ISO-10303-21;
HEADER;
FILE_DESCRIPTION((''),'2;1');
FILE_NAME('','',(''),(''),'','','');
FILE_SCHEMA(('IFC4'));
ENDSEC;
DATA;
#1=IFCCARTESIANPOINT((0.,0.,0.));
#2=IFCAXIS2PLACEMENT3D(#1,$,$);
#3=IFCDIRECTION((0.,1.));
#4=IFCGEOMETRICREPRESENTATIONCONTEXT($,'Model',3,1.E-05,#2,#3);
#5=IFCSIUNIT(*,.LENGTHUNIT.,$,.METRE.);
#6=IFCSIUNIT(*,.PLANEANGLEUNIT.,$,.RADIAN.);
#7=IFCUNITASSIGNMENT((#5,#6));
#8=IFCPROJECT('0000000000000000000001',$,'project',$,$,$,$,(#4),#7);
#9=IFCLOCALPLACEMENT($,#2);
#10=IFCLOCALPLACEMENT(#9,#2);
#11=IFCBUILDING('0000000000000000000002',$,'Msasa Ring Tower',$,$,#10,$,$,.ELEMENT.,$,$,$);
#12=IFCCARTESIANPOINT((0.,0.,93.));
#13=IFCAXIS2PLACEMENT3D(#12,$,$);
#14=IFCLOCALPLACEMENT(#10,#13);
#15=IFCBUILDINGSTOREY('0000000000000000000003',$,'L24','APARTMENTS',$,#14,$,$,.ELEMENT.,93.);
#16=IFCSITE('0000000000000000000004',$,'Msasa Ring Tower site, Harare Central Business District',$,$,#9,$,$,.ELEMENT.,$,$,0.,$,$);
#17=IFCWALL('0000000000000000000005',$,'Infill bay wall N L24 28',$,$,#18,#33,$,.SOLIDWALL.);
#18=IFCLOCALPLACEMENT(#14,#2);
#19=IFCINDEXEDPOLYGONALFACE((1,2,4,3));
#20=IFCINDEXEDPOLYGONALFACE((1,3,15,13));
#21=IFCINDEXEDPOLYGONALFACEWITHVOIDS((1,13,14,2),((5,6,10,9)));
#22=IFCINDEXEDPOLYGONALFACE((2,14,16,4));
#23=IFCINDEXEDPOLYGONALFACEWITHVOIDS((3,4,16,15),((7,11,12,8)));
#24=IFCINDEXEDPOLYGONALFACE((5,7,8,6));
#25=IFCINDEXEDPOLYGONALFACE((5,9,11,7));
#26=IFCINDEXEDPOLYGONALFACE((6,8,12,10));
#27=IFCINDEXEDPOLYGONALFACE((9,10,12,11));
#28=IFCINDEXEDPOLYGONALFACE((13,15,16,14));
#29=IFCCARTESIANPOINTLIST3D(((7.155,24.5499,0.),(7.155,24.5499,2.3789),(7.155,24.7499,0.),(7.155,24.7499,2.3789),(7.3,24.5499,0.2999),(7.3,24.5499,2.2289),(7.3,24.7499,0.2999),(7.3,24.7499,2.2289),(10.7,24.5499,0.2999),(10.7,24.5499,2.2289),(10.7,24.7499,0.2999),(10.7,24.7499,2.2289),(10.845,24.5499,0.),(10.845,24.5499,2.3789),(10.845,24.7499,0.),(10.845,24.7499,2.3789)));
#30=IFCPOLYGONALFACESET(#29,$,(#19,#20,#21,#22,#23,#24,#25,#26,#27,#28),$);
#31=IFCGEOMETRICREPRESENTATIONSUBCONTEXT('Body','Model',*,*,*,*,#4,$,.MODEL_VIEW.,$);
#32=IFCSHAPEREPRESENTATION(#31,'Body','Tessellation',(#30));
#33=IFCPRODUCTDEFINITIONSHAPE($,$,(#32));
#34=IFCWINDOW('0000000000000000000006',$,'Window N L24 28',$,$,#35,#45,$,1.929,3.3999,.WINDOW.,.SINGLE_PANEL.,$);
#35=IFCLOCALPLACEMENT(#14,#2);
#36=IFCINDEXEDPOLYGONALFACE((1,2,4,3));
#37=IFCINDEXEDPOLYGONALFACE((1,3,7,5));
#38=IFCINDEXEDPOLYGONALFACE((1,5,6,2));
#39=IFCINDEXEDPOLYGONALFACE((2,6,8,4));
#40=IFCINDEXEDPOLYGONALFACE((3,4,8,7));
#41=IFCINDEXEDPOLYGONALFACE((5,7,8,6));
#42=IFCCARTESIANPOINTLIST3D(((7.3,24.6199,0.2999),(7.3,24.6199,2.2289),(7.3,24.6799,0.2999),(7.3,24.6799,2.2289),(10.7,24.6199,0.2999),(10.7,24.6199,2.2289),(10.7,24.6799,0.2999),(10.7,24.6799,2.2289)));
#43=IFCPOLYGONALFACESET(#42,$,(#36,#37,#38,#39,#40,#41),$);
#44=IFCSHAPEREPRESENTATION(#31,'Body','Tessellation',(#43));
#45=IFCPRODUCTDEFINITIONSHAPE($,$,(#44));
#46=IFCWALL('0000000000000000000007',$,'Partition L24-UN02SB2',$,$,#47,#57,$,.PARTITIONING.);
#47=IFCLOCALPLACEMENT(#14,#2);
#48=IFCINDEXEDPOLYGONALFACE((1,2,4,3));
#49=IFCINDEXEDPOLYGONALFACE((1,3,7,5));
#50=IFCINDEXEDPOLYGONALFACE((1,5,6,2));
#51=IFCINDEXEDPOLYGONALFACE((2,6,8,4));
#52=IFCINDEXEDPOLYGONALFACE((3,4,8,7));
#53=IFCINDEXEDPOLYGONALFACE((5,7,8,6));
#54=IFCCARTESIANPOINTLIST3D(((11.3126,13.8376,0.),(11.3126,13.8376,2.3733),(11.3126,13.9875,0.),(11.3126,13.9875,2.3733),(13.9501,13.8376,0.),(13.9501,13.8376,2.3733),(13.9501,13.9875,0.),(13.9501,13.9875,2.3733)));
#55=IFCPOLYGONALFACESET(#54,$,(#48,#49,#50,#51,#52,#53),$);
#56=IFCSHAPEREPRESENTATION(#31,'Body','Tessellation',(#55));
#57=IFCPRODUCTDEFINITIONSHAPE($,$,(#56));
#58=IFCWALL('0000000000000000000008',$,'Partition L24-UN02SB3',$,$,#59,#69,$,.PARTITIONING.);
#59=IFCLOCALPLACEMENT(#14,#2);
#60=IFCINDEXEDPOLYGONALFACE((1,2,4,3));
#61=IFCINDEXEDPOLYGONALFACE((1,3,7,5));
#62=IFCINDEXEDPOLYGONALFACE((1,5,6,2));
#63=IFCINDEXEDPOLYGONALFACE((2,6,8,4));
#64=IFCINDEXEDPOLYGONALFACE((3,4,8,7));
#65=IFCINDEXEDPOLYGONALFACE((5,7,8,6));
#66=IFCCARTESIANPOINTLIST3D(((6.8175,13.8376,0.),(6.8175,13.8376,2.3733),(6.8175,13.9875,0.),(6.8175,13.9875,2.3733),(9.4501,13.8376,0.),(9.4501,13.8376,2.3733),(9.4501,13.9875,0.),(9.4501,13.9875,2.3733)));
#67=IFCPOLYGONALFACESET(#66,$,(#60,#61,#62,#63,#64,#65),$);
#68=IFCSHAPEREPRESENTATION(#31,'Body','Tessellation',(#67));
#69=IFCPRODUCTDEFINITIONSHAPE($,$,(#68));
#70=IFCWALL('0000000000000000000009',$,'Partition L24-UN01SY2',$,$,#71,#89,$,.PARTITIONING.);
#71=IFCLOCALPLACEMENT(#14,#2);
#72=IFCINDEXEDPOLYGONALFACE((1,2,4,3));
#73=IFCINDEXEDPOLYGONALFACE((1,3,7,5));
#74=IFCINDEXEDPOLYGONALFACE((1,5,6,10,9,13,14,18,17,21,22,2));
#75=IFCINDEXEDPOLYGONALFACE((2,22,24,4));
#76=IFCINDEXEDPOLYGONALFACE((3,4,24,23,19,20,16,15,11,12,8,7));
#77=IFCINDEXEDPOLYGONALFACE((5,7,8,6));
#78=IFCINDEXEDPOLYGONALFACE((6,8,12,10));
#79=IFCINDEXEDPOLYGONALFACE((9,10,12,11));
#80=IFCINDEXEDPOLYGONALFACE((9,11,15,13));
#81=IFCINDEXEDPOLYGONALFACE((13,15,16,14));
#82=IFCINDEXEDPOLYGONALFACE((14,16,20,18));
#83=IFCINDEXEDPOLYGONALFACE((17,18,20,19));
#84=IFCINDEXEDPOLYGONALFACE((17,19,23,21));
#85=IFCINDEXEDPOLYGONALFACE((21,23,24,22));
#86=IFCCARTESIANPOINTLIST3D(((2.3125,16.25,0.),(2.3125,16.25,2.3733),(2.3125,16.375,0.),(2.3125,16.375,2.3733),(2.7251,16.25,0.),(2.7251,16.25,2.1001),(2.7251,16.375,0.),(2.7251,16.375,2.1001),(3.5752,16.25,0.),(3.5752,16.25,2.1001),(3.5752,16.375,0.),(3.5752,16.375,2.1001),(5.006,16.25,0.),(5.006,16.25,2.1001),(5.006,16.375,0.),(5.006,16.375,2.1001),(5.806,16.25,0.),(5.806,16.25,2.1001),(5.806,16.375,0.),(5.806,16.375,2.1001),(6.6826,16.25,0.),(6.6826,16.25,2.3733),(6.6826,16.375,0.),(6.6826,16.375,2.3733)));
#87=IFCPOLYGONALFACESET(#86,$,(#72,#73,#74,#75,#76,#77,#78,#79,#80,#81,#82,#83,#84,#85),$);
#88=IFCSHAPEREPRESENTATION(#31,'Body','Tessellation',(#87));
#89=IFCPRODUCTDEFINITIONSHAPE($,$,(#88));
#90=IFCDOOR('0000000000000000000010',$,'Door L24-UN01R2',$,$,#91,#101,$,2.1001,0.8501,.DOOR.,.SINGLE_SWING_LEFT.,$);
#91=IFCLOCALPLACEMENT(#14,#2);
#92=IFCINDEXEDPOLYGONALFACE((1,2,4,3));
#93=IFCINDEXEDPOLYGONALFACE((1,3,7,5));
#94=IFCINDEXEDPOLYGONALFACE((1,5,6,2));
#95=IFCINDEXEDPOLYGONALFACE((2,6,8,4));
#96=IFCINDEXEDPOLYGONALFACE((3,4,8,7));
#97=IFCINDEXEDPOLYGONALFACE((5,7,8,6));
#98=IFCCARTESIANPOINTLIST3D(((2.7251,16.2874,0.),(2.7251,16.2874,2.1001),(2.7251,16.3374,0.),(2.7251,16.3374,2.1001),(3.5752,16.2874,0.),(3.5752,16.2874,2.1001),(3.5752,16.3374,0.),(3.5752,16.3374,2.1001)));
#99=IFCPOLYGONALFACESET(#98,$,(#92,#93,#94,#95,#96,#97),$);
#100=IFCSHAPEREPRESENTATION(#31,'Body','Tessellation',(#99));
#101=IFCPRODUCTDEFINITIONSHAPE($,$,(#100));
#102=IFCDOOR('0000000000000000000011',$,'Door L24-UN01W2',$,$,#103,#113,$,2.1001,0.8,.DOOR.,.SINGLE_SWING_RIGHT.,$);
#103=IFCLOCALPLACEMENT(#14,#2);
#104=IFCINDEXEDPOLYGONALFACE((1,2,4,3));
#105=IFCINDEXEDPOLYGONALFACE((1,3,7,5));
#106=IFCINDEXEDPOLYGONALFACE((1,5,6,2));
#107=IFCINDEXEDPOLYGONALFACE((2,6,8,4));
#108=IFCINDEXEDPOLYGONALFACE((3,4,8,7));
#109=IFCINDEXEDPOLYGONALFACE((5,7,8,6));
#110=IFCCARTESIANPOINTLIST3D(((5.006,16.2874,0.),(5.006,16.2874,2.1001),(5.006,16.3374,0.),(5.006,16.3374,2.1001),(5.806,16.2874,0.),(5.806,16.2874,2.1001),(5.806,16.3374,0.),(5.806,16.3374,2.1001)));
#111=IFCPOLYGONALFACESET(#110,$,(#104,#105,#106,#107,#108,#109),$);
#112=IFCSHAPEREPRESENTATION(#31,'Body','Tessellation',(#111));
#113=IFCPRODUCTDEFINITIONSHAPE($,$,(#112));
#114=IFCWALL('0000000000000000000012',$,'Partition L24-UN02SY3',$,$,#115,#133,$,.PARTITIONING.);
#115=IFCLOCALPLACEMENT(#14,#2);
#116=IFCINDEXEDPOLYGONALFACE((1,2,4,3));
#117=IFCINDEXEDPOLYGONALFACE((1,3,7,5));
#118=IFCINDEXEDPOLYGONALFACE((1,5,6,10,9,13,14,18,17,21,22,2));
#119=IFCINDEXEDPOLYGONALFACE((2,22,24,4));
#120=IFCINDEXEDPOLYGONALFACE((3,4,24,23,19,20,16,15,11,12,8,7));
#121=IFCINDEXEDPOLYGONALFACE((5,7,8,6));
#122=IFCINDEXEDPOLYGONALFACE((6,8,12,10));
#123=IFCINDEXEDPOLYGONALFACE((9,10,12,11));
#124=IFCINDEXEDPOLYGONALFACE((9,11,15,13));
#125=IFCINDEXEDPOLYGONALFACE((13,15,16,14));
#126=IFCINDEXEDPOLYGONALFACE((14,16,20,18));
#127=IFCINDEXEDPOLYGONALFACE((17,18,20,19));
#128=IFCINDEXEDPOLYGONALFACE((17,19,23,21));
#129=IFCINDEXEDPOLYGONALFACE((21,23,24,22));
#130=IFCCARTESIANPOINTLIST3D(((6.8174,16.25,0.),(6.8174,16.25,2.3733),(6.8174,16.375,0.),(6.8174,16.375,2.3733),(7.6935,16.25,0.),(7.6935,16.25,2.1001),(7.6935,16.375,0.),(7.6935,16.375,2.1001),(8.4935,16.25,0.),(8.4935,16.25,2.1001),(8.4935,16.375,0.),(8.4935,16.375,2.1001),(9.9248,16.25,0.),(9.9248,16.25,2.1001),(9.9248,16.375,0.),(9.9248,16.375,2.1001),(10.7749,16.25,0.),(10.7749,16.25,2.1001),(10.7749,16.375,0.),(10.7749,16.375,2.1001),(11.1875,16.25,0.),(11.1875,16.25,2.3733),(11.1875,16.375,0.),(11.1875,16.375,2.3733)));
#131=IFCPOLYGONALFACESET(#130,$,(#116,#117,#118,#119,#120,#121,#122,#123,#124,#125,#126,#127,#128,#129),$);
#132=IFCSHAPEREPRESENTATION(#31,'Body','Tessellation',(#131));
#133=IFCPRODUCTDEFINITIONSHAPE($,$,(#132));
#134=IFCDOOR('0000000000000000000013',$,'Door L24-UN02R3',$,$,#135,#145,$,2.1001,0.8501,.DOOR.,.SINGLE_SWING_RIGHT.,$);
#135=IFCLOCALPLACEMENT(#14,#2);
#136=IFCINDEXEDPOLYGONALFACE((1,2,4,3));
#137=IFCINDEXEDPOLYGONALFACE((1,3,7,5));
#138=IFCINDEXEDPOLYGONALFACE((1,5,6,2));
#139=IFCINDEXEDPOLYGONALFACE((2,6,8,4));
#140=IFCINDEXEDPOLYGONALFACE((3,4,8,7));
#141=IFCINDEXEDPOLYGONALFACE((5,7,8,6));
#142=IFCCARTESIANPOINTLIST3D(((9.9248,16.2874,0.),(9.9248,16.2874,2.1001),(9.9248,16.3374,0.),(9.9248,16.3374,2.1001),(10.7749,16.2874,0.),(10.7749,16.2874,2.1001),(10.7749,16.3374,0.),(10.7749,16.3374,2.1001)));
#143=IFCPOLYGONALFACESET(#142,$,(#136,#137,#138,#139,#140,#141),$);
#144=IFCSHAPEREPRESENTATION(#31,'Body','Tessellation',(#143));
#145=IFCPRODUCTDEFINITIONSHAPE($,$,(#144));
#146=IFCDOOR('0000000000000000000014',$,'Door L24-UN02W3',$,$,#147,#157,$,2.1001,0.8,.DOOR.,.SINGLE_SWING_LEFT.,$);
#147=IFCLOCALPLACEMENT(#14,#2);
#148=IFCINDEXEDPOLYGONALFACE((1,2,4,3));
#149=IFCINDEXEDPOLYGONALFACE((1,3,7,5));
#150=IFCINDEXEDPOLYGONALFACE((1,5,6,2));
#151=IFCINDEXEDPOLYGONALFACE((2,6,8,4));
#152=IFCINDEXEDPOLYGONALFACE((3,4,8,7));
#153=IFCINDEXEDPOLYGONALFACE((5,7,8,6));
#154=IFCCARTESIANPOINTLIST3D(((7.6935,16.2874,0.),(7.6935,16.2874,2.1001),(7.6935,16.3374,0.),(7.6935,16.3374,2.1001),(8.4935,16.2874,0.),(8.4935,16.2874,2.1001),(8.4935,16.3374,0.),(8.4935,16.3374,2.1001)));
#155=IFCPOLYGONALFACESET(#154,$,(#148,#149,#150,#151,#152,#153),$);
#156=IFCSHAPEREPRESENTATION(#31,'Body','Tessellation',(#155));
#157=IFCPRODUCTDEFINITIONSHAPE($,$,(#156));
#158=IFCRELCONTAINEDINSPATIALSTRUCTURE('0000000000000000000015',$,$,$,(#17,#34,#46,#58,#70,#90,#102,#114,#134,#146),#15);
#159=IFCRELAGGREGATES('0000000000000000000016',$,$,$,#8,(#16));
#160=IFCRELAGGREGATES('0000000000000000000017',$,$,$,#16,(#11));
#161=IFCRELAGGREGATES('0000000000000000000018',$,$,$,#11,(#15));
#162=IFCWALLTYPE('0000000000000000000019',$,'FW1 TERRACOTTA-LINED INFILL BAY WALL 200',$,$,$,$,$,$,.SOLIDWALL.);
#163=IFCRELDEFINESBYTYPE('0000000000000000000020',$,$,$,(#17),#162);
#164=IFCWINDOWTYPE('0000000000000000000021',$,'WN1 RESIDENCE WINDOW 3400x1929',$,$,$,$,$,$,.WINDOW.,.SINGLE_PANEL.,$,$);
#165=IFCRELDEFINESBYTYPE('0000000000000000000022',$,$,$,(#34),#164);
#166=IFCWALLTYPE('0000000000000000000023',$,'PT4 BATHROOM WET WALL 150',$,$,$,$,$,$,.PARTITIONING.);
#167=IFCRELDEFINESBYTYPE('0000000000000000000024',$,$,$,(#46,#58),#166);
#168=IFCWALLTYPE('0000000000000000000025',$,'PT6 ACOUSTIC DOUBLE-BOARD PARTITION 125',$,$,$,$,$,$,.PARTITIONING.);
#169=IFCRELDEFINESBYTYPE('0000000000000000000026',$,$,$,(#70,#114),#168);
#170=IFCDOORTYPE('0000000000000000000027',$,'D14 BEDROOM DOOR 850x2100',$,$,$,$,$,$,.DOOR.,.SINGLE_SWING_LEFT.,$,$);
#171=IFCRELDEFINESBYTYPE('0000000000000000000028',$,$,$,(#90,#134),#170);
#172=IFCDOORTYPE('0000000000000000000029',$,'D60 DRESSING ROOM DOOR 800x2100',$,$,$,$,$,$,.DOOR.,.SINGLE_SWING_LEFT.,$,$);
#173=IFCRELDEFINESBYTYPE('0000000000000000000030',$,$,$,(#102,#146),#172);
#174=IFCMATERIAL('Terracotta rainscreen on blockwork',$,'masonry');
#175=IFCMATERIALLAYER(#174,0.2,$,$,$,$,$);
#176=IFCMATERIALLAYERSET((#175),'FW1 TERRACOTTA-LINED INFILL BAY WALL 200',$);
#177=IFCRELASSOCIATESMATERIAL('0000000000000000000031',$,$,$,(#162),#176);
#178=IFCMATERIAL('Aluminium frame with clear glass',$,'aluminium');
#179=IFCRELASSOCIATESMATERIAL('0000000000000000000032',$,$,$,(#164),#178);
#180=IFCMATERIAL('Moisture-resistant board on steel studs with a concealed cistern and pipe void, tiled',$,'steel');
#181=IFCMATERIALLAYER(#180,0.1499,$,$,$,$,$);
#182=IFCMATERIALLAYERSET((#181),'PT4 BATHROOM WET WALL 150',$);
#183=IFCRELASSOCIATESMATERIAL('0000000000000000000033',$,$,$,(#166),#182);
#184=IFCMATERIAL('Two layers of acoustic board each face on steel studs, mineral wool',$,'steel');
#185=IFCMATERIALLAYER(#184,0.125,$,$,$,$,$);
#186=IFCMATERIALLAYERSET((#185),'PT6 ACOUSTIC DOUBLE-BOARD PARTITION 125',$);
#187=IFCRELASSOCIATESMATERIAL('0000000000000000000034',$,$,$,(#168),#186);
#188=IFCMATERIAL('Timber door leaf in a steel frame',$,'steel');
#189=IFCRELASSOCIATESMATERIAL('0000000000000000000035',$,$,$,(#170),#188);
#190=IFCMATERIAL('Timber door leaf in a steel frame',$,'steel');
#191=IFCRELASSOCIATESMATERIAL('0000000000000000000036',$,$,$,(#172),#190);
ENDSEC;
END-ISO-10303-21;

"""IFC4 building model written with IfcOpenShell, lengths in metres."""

from ifc_helpers import new_model, si_unit, direction, frame, frame_2d, origin, place, context, subcontext, project, spatial, rectangle, extrude, material, layer, layer_set, type_object, element, fill, save


model = new_model("IFC4")

# Units and contexts
model_context = context("Model", 3, precision=1e-05, world=origin(), true_north=direction((0.0, 1.0)))
body_context = subcontext(model_context, "Body", "Model", "MODEL_VIEW")
ifc_project = project(units=[si_unit("LENGTHUNIT", "METRE"), si_unit("PLANEANGLEUNIT", "RADIAN")], contexts=[model_context])

# Site, building, storey
site_placement = place(None, origin())
site = spatial("IfcSite", under=ifc_project, at=site_placement, Name="Msasa Ring Tower site, Harare Central Business District", CompositionType="ELEMENT", RefElevation=0.0)
building_placement = place(site_placement, origin())
building = spatial("IfcBuilding", under=site, at=building_placement, Name="Msasa Ring Tower", CompositionType="ELEMENT")
storey_placement = place(building_placement, frame((0.0, 0.0, 93.0)))
storey = spatial("IfcBuildingStorey", under=building, at=storey_placement, Name="L24", Description="APARTMENTS", CompositionType="ELEMENT", Elevation=93.0)

# Wall, opening, window
ifc_material_1 = material(Name="Terracotta rainscreen on blockwork", Category="masonry")
ifc_layer_1 = layer(ifc_material_1, 0.2)
ifc_layer_set_1 = layer_set([ifc_layer_1], Name="FW1 TERRACOTTA-LINED INFILL BAY WALL 200")
wall_type_1 = type_object("IfcWallType", Name="FW1 TERRACOTTA-LINED INFILL BAY WALL 200", PredefinedType="SOLIDWALL", material=ifc_layer_set_1)
ifc_material_2 = material(Name="Aluminium frame with clear glass", Category="aluminium")
window_type = type_object("IfcWindowType", Name="WN1 RESIDENCE WINDOW 3400x1929", PartitioningType="SINGLE_PANEL", PredefinedType="WINDOW", material=ifc_material_2)
wall_1_placement = place(storey_placement, frame((7.155, 24.6499, 0.0), z_axis=(0.0, 0.0, 1.0), x_axis=(1.0, 0.0, 0.0)))
wall_1 = element("IfcWall", 1, at=wall_1_placement, inside=storey, type_object=wall_type_1, Name="Infill bay wall N L24 28", PredefinedType="SOLIDWALL", context=body_context, shape_type="SweptSolid", body=[
    extrude(rectangle(XDim=3.6899, YDim=0.2, at=frame_2d((1.845, 0.0))), origin(), (0.0, 0.0, 1.0), 2.3789),
])
opening_1_placement = place(wall_1_placement, frame((0.145, 0.0, 0.3)))
opening_1 = element("IfcOpeningElement", 2, at=opening_1_placement, cuts=wall_1, PredefinedType="OPENING", context=body_context, shape_type="SweptSolid", body=[
    extrude(rectangle(XDim=3.3999, YDim=1.929, at=frame_2d((1.7, 0.9644))), frame((0.0, 0.1099, 0.0), z_axis=(0.0, -1.0, 0.0), x_axis=(1.0, 0.0, 0.0)), (0.0, 0.0, 1.0), 0.22),
])
window_1_placement = place(opening_1_placement, origin())
window_1 = element("IfcWindow", 3, at=window_1_placement, inside=storey, type_object=window_type, Name="Window N L24 28", OverallHeight=1.929, OverallWidth=3.3999, PartitioningType="SINGLE_PANEL", PredefinedType="WINDOW", context=body_context, shape_type="SweptSolid", body=[
    extrude(rectangle(XDim=3.3999, YDim=1.929, at=frame_2d((1.7, 0.9644))), frame((0.0, 0.03, 0.0), z_axis=(0.0, -1.0, 0.0), x_axis=(1.0, 0.0, 0.0)), (0.0, 0.0, 1.0), 0.0601),
])
fill(opening_1, window_1)

# Walls
ifc_material_3 = material(Name="Moisture-resistant board on steel studs with a concealed cistern and pipe void, tiled", Category="steel")
ifc_layer_2 = layer(ifc_material_3, 0.1499)
ifc_layer_set_2 = layer_set([ifc_layer_2], Name="PT4 BATHROOM WET WALL 150")
wall_type_2 = type_object("IfcWallType", Name="PT4 BATHROOM WET WALL 150", PredefinedType="PARTITIONING", material=ifc_layer_set_2)
wall_2_placement = place(storey_placement, frame((11.3125, 13.9126, 0.0), z_axis=(0.0, 0.0, 1.0), x_axis=(1.0, 0.0, 0.0)))
element("IfcWall", 4, at=wall_2_placement, inside=storey, type_object=wall_type_2, Name="Partition L24-UN02SB2", PredefinedType="PARTITIONING", context=body_context, shape_type="SweptSolid", body=[
    extrude(rectangle(XDim=2.6375, YDim=0.1499, at=frame_2d((1.3188, 0.0))), origin(), (0.0, 0.0, 1.0), 2.3733),
])
wall_3_placement = place(storey_placement, frame((6.8174, 13.9126, 0.0), z_axis=(0.0, 0.0, 1.0), x_axis=(1.0, 0.0, 0.0)))
element("IfcWall", 5, at=wall_3_placement, inside=storey, type_object=wall_type_2, Name="Partition L24-UN02SB3", PredefinedType="PARTITIONING", context=body_context, shape_type="SweptSolid", body=[
    extrude(rectangle(XDim=2.6326, YDim=0.1499, at=frame_2d((1.3164, 0.0))), origin(), (0.0, 0.0, 1.0), 2.3733),
])

# Walls, openings, doors
ifc_material_4 = material(Name="Two layers of acoustic board each face on steel studs, mineral wool", Category="steel")
ifc_layer_3 = layer(ifc_material_4, 0.125)
ifc_layer_set_3 = layer_set([ifc_layer_3], Name="PT6 ACOUSTIC DOUBLE-BOARD PARTITION 125")
wall_type_3 = type_object("IfcWallType", Name="PT6 ACOUSTIC DOUBLE-BOARD PARTITION 125", PredefinedType="PARTITIONING", material=ifc_layer_set_3)
wall_4_placement = place(storey_placement, frame((2.3125, 16.3125, 0.0), z_axis=(0.0, 0.0, 1.0), x_axis=(1.0, 0.0, 0.0)))
wall_4 = element("IfcWall", 6, at=wall_4_placement, inside=storey, type_object=wall_type_3, Name="Partition L24-UN01SY2", PredefinedType="PARTITIONING", context=body_context, shape_type="SweptSolid", body=[
    extrude(rectangle(XDim=4.3701, YDim=0.125, at=frame_2d((2.1851, 0.0))), origin(), (0.0, 0.0, 1.0), 2.3733),
])
opening_2_placement = place(wall_4_placement, frame((0.4126, 0.0, 0.0)))
opening_2 = element("IfcOpeningElement", 7, at=opening_2_placement, cuts=wall_4, PredefinedType="OPENING", context=body_context, shape_type="SweptSolid", body=[
    extrude(rectangle(XDim=0.8501, YDim=2.1001, at=frame_2d((0.425, 1.05))), frame((0.0, 0.0725, 0.0), z_axis=(0.0, -1.0, 0.0), x_axis=(1.0, 0.0, 0.0)), (0.0, 0.0, 1.0), 0.145),
])
opening_3_placement = place(wall_4_placement, frame((2.6936, 0.0, 0.0)))
opening_3 = element("IfcOpeningElement", 8, at=opening_3_placement, cuts=wall_4, PredefinedType="OPENING", context=body_context, shape_type="SweptSolid", body=[
    extrude(rectangle(XDim=0.8, YDim=2.1001, at=frame_2d((0.3999, 1.05))), frame((0.0, 0.0725, 0.0), z_axis=(0.0, -1.0, 0.0), x_axis=(1.0, 0.0, 0.0)), (0.0, 0.0, 1.0), 0.145),
])
ifc_material_5 = material(Name="Timber door leaf in a steel frame", Category="steel")
door_type_1 = type_object("IfcDoorType", Name="D14 BEDROOM DOOR 850x2100", OperationType="SINGLE_SWING_LEFT", PredefinedType="DOOR", material=ifc_material_5)
door_1_placement = place(opening_2_placement, origin())
door_1 = element("IfcDoor", 9, at=door_1_placement, inside=storey, type_object=door_type_1, Name="Door L24-UN01R2", OperationType="SINGLE_SWING_LEFT", OverallHeight=2.1001, OverallWidth=0.8501, PredefinedType="DOOR", context=body_context, shape_type="SweptSolid", body=[
    extrude(rectangle(XDim=0.8501, YDim=2.1001, at=frame_2d((0.425, 1.05))), frame((0.0, 0.0249, 0.0), z_axis=(0.0, -1.0, 0.0), x_axis=(1.0, 0.0, 0.0)), (0.0, 0.0, 1.0), 0.05),
])
fill(opening_2, door_1)
ifc_material_6 = material(Name="Timber door leaf in a steel frame", Category="steel")
door_type_2 = type_object("IfcDoorType", Name="D60 DRESSING ROOM DOOR 800x2100", OperationType="SINGLE_SWING_LEFT", PredefinedType="DOOR", material=ifc_material_6)
door_2_placement = place(opening_3_placement, origin())
door_2 = element("IfcDoor", 10, at=door_2_placement, inside=storey, type_object=door_type_2, Name="Door L24-UN01W2", OperationType="SINGLE_SWING_RIGHT", OverallHeight=2.1001, OverallWidth=0.8, PredefinedType="DOOR", context=body_context, shape_type="SweptSolid", body=[
    extrude(rectangle(XDim=0.8, YDim=2.1001, at=frame_2d((0.3999, 1.05))), frame((0.0, 0.0249, 0.0), z_axis=(0.0, -1.0, 0.0), x_axis=(1.0, 0.0, 0.0)), (0.0, 0.0, 1.0), 0.05),
])
fill(opening_3, door_2)
wall_5_placement = place(storey_placement, frame((6.8174, 16.3125, 0.0), z_axis=(0.0, 0.0, 1.0), x_axis=(1.0, 0.0, 0.0)))
wall_5 = element("IfcWall", 11, at=wall_5_placement, inside=storey, type_object=wall_type_3, Name="Partition L24-UN02SY3", PredefinedType="PARTITIONING", context=body_context, shape_type="SweptSolid", body=[
    extrude(rectangle(XDim=4.3701, YDim=0.125, at=frame_2d((2.1851, 0.0))), origin(), (0.0, 0.0, 1.0), 2.3733),
])
opening_4_placement = place(wall_5_placement, frame((3.1074, 0.0, 0.0)))
opening_4 = element("IfcOpeningElement", 12, at=opening_4_placement, cuts=wall_5, PredefinedType="OPENING", context=body_context, shape_type="SweptSolid", body=[
    extrude(rectangle(XDim=0.8501, YDim=2.1001, at=frame_2d((0.425, 1.05))), frame((0.0, 0.0725, 0.0), z_axis=(0.0, -1.0, 0.0), x_axis=(1.0, 0.0, 0.0)), (0.0, 0.0, 1.0), 0.145),
])
opening_5_placement = place(wall_5_placement, frame((0.8762, 0.0, 0.0)))
opening_5 = element("IfcOpeningElement", 13, at=opening_5_placement, cuts=wall_5, PredefinedType="OPENING", context=body_context, shape_type="SweptSolid", body=[
    extrude(rectangle(XDim=0.8, YDim=2.1001, at=frame_2d((0.3999, 1.05))), frame((0.0, 0.0725, 0.0), z_axis=(0.0, -1.0, 0.0), x_axis=(1.0, 0.0, 0.0)), (0.0, 0.0, 1.0), 0.145),
])
door_3_placement = place(opening_4_placement, origin())
door_3 = element("IfcDoor", 14, at=door_3_placement, inside=storey, type_object=door_type_1, Name="Door L24-UN02R3", OperationType="SINGLE_SWING_RIGHT", OverallHeight=2.1001, OverallWidth=0.8501, PredefinedType="DOOR", context=body_context, shape_type="SweptSolid", body=[
    extrude(rectangle(XDim=0.8501, YDim=2.1001, at=frame_2d((0.425, 1.05))), frame((0.0, 0.0249, 0.0), z_axis=(0.0, -1.0, 0.0), x_axis=(1.0, 0.0, 0.0)), (0.0, 0.0, 1.0), 0.05),
])
fill(opening_4, door_3)
door_4_placement = place(opening_5_placement, origin())
door_4 = element("IfcDoor", 15, at=door_4_placement, inside=storey, type_object=door_type_2, Name="Door L24-UN02W3", OperationType="SINGLE_SWING_LEFT", OverallHeight=2.1001, OverallWidth=0.8, PredefinedType="DOOR", context=body_context, shape_type="SweptSolid", body=[
    extrude(rectangle(XDim=0.8, YDim=2.1001, at=frame_2d((0.3999, 1.05))), frame((0.0, 0.0249, 0.0), z_axis=(0.0, -1.0, 0.0), x_axis=(1.0, 0.0, 0.0)), (0.0, 0.0, 1.0), 0.05),
])
fill(opening_5, door_4)

save(model, "model.ifc")
